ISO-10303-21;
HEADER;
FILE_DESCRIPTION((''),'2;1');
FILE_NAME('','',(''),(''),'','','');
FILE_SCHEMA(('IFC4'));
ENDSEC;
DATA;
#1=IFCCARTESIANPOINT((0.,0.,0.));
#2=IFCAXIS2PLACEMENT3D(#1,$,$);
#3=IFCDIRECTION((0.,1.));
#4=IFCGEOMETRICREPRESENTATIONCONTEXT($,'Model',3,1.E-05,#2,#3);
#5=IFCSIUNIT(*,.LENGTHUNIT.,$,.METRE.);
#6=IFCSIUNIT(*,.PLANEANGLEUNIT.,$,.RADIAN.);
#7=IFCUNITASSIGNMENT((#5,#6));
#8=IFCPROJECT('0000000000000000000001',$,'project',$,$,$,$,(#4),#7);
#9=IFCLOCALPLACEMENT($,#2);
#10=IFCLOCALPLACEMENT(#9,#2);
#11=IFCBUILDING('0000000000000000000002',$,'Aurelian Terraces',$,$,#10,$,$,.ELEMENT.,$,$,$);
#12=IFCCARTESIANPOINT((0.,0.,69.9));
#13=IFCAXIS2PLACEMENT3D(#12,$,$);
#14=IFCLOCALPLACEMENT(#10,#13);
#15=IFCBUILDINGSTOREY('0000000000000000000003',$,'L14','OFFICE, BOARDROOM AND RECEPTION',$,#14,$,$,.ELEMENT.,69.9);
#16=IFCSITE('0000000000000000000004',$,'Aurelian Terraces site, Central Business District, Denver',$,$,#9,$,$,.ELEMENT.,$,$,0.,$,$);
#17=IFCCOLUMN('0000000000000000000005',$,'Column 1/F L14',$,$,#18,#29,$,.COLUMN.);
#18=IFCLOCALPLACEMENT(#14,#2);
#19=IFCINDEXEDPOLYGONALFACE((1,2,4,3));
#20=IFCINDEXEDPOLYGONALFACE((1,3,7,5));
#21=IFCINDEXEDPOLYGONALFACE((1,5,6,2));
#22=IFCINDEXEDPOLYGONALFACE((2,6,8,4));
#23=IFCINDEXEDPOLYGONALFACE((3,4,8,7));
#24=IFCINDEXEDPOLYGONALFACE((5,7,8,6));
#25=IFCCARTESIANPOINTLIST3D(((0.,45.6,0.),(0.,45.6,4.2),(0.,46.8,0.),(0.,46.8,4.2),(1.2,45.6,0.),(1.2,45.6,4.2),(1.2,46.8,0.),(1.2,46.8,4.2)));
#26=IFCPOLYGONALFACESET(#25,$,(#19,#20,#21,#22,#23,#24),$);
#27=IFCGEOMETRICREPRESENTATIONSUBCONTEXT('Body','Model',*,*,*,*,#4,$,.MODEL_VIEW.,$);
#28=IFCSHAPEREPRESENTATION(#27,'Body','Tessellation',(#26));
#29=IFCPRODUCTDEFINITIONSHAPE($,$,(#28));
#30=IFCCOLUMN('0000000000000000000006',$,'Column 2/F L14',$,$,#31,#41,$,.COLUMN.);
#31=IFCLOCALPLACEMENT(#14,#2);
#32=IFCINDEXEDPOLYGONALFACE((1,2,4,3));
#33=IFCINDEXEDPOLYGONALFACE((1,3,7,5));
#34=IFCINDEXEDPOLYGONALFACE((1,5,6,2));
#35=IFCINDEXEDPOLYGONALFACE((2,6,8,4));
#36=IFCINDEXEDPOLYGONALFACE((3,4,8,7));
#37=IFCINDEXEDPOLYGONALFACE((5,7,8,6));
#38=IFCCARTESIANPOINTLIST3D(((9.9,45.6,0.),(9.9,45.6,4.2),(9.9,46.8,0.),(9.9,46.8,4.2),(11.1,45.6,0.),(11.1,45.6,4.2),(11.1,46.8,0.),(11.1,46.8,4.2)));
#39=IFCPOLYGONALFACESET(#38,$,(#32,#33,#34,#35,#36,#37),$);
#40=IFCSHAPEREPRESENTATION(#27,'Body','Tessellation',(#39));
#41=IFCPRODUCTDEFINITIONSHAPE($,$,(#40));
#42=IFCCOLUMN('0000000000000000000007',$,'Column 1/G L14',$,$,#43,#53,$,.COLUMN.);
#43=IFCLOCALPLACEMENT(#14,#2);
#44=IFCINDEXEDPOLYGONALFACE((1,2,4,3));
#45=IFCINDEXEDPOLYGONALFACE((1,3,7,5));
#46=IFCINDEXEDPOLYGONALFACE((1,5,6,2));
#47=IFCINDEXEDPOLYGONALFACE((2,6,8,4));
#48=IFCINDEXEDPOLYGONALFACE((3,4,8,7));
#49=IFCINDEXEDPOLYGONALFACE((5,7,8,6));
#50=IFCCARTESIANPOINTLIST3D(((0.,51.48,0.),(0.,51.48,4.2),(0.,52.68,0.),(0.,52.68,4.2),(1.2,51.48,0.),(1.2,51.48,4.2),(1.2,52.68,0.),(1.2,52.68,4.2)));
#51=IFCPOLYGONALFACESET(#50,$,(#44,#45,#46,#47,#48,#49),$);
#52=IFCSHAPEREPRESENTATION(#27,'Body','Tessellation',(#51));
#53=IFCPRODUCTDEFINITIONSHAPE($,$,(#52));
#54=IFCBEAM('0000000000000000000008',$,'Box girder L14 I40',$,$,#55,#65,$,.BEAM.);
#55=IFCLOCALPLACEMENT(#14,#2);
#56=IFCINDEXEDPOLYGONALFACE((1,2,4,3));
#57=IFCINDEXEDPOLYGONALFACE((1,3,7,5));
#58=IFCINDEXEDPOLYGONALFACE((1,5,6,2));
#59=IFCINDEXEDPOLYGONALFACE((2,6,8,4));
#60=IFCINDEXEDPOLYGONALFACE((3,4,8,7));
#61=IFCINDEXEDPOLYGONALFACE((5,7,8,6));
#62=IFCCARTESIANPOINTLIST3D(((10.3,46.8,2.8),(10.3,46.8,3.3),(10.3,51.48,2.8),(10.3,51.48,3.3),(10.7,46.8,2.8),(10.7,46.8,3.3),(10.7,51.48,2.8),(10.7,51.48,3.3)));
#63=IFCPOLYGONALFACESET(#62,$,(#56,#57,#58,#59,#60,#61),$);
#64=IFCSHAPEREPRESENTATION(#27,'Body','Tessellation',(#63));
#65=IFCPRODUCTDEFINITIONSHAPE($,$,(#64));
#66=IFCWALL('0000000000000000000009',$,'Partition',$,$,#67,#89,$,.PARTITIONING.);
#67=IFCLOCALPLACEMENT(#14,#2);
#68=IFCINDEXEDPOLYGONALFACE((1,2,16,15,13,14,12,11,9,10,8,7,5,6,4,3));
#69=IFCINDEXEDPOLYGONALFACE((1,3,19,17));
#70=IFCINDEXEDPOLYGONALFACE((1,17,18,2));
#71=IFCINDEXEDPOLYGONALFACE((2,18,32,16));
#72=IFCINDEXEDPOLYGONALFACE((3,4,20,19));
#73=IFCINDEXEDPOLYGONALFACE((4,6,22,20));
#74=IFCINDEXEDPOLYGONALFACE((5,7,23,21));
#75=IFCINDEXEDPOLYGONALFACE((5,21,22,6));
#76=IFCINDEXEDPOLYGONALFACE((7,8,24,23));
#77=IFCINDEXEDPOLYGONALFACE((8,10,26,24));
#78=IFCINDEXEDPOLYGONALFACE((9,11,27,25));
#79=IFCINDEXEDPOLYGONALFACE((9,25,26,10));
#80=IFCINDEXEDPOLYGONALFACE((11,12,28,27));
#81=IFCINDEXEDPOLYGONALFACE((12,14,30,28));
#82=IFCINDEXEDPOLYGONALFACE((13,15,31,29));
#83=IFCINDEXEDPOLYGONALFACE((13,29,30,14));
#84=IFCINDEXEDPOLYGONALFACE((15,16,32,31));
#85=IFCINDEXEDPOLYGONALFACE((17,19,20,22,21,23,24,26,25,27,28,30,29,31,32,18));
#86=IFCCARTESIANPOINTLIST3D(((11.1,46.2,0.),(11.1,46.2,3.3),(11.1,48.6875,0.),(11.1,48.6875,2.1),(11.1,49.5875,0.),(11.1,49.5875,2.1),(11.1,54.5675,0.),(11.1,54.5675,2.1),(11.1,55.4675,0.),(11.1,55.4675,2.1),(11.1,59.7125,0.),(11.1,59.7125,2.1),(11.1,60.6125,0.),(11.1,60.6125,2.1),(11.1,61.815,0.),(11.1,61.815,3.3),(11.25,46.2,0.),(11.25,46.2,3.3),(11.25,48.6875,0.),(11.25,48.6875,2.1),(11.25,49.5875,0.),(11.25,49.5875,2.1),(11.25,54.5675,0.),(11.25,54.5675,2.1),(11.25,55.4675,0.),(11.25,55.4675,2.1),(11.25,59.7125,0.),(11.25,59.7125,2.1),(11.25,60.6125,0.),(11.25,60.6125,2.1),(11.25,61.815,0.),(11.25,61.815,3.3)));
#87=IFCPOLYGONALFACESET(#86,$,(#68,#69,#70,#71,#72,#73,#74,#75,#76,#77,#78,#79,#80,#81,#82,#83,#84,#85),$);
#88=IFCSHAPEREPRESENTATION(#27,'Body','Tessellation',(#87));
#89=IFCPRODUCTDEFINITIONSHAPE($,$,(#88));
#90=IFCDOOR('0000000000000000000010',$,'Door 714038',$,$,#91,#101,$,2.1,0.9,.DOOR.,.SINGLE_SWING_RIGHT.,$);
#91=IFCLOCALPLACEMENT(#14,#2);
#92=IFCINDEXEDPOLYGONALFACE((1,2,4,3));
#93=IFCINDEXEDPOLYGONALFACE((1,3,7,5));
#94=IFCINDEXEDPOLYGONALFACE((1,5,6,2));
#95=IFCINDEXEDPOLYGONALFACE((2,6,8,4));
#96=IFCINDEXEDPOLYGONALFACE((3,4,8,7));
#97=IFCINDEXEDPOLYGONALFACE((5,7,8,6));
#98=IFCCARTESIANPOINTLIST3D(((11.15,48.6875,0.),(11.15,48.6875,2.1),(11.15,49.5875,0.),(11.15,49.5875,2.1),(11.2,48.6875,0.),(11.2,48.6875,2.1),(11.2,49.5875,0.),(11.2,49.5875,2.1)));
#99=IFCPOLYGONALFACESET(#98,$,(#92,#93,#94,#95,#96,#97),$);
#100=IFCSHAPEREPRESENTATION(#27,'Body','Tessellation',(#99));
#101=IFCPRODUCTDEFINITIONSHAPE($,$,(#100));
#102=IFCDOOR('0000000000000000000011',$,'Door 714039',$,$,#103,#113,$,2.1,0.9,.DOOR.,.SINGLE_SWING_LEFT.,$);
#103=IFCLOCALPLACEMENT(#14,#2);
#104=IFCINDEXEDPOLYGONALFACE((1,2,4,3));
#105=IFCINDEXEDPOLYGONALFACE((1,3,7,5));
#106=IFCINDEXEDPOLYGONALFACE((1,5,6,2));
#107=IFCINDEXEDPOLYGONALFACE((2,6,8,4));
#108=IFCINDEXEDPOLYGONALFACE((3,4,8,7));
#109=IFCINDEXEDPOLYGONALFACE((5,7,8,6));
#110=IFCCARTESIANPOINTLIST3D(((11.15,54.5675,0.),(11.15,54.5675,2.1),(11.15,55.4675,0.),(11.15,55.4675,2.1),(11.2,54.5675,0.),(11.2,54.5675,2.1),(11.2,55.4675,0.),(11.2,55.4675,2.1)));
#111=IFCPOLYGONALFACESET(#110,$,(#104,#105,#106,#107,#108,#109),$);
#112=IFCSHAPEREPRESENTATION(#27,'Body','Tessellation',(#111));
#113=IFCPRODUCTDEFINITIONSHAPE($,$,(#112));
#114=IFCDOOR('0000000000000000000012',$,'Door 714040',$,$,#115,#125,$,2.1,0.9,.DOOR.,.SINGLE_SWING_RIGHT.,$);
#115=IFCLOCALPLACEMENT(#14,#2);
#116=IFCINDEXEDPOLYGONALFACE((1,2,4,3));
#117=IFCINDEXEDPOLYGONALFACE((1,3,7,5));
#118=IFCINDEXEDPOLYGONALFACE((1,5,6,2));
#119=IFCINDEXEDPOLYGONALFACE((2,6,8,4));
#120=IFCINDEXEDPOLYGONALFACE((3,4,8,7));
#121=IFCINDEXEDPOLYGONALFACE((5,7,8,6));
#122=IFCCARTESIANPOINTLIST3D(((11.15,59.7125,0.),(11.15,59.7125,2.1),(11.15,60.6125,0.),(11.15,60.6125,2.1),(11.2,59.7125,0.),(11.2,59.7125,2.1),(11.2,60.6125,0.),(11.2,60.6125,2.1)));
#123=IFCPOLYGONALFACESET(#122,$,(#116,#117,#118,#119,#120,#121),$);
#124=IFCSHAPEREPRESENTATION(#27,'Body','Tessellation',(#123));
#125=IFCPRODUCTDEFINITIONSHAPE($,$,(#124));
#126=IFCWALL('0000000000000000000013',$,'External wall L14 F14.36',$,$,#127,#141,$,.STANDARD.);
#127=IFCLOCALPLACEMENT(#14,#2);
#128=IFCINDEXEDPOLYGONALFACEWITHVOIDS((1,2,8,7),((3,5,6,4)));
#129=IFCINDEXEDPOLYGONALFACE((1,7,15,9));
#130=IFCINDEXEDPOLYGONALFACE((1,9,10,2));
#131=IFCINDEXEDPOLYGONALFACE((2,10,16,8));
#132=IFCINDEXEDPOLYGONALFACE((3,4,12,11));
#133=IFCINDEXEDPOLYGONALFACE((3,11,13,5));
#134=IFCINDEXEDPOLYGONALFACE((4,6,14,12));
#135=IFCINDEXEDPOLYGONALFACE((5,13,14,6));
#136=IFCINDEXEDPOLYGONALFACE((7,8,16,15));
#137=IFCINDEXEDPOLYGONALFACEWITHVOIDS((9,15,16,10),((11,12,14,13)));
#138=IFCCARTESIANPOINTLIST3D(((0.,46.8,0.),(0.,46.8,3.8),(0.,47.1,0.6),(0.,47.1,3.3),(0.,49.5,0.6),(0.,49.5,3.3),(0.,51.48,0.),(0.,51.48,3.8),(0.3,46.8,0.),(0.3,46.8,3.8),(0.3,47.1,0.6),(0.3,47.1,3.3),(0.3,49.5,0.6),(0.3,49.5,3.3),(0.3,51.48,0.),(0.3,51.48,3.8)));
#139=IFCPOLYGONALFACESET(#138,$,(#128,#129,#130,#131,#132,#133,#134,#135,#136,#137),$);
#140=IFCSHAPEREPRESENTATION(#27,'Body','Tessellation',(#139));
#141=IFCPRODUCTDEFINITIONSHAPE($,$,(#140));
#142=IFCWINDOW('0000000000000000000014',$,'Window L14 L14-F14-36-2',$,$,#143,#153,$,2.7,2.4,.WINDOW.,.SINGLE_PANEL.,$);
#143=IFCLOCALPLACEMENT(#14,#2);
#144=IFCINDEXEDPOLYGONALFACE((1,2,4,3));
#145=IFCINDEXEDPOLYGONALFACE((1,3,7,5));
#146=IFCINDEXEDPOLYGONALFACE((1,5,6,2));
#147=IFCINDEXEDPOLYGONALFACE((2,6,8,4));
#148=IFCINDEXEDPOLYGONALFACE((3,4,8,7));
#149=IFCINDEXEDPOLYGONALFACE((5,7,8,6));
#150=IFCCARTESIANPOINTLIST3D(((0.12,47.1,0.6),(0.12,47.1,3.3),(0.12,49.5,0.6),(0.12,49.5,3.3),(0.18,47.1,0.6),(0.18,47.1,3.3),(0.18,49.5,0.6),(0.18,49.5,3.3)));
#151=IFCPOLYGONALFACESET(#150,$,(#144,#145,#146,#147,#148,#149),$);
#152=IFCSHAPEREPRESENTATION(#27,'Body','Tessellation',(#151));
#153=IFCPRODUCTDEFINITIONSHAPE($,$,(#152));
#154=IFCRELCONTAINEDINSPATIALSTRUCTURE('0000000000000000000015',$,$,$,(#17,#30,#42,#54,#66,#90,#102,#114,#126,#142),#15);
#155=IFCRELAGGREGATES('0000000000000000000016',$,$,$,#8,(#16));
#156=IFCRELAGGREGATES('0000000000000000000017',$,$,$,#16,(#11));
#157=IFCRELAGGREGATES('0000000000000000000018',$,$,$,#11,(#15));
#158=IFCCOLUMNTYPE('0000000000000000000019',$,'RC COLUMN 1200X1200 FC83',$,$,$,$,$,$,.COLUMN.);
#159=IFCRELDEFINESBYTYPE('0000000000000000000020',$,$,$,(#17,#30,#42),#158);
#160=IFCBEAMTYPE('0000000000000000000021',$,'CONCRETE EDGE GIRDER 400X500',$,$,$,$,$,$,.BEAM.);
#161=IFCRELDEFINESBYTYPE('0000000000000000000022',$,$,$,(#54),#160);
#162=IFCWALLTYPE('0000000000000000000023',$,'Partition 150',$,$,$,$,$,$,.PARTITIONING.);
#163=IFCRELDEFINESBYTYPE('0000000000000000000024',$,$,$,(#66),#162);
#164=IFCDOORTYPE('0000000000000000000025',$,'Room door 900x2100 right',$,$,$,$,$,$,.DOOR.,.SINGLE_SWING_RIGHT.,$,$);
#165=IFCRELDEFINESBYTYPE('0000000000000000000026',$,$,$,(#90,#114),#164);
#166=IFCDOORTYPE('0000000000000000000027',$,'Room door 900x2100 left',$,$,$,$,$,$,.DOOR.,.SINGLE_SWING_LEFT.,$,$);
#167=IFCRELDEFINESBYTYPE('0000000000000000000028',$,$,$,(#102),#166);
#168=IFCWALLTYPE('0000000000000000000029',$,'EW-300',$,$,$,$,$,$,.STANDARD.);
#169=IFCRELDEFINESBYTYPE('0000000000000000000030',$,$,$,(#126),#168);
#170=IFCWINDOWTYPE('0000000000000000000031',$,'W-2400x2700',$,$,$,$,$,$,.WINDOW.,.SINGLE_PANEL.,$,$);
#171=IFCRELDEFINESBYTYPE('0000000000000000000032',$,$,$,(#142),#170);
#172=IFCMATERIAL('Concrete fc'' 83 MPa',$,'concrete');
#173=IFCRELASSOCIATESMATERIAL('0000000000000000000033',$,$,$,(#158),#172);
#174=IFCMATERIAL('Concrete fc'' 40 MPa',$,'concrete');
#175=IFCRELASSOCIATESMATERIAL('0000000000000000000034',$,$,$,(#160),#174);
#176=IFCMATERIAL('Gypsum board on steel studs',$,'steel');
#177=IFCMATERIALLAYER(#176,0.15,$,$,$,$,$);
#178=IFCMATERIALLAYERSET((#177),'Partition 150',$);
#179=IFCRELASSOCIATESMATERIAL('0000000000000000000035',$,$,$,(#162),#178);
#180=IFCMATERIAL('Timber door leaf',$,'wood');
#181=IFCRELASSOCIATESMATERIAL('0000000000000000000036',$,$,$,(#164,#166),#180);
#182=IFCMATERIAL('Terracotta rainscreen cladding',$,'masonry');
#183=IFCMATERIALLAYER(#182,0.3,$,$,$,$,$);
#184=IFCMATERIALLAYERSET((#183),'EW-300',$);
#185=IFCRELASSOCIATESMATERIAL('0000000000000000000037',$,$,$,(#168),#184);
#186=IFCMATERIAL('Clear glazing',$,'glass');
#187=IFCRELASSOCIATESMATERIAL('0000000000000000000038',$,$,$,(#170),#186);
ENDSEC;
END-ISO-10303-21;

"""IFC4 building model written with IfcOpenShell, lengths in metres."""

from ifc_helpers import new_model, si_unit, direction, frame, frame_2d, origin, origin_2d, place, context, subcontext, project, spatial, rectangle, extrude, source, transform, mapped, material, layer, layer_set, material_profile, profile_set, type_object, element, fill, save


model = new_model("IFC4")

# Units and contexts
model_context = context("Model", 3, precision=1e-05, world=origin(), true_north=direction((0.0, 1.0)))
body_context = subcontext(model_context, "Body", "Model", "MODEL_VIEW")
ifc_project = project(units=[si_unit("LENGTHUNIT", "METRE"), si_unit("PLANEANGLEUNIT", "RADIAN")], contexts=[model_context])

# Site, building, storey
site_placement = place(None, origin())
site = spatial("IfcSite", under=ifc_project, at=site_placement, Name="Aurelian Terraces site, Central Business District, Denver", CompositionType="ELEMENT", RefElevation=0.0)
building_placement = place(site_placement, origin())
building = spatial("IfcBuilding", under=site, at=building_placement, Name="Aurelian Terraces", CompositionType="ELEMENT")
storey_placement = place(building_placement, frame((0.0, 0.0, 69.9)))
storey = spatial("IfcBuildingStorey", under=building, at=storey_placement, Name="L14", Description="OFFICE, BOARDROOM AND RECEPTION", CompositionType="ELEMENT", Elevation=69.9)

# Columns
ifc_material_1 = material(Name="Concrete fc' 83 MPa", Category="concrete")
ifc_material_profile_1 = material_profile(ifc_material_1, rectangle(XDim=1.2, YDim=1.2, at=origin_2d()))
ifc_profile_set_1 = profile_set([ifc_material_profile_1], Name="Concrete fc' 83 MPa")
column_type = type_object("IfcColumnType", Name="RC COLUMN 1200X1200 FC83", PredefinedType="COLUMN", material=ifc_profile_set_1)
shared_shape_1 = source(origin(), body_context, "Body", "SweptSolid", [
    extrude(rectangle(XDim=1.2, YDim=1.2, at=origin_2d()), origin(), (0.0, 0.0, 1.0), 4.2),
])
for number, where, z_axis, x_axis, name in (
    (1, (0.6, 46.2, 0.0), (0.0, 0.0, 1.0), (1.0, 0.0, 0.0), "Column 1/F L14"),
    (2, (10.5, 46.2, 0.0), (0.0, 0.0, 1.0), (1.0, 0.0, 0.0), "Column 2/F L14"),
    (3, (0.6, 52.08, 0.0), (0.0, 0.0, 1.0), (1.0, 0.0, 0.0), "Column 1/G L14"),
):
    element("IfcColumn", number, at=place(storey_placement, frame(where, z_axis=z_axis, x_axis=x_axis)), inside=storey, type_object=column_type, Name=name, PredefinedType="COLUMN", context=body_context, shape_type="MappedRepresentation", body=[
        mapped(shared_shape_1, transform((0.0, 0.0, 0.0), scale=1.0)),
    ])

# Beam
ifc_material_2 = material(Name="Concrete fc' 40 MPa", Category="concrete")
ifc_material_profile_2 = material_profile(ifc_material_2, rectangle(XDim=0.4, YDim=0.5, at=origin_2d()))
ifc_profile_set_2 = profile_set([ifc_material_profile_2], Name="Concrete fc' 40 MPa")
beam_type = type_object("IfcBeamType", Name="CONCRETE EDGE GIRDER 400X500", PredefinedType="BEAM", material=ifc_profile_set_2)
shared_shape_2 = source(origin(), body_context, "Body", "SweptSolid", [
    extrude(rectangle(XDim=0.4, YDim=0.5, at=origin_2d()), origin(), (0.0, 0.0, 1.0), 4.68),
])
beam_placement = place(storey_placement, frame((10.5, 46.8, 3.05), z_axis=(0.0, 1.0, 0.0), x_axis=(-1.0, 0.0, 0.0)))
element("IfcBeam", 4, at=beam_placement, inside=storey, type_object=beam_type, Name="Box girder L14 I40", PredefinedType="BEAM", context=body_context, shape_type="MappedRepresentation", body=[
    mapped(shared_shape_2, transform((0.0, 0.0, 0.0), scale=1.0)),
])

# Wall, openings, doors
ifc_material_3 = material(Name="Gypsum board on steel studs", Category="steel")
ifc_layer_1 = layer(ifc_material_3, 0.15)
ifc_layer_set_1 = layer_set([ifc_layer_1], Name="Partition 150")
wall_type_1 = type_object("IfcWallType", Name="Partition 150", PredefinedType="PARTITIONING", material=ifc_layer_set_1)
wall_1_placement = place(storey_placement, frame((11.175, 46.2, 0.0), z_axis=(0.0, 0.0, 1.0), x_axis=(0.0, 1.0, 0.0)))
wall_1 = element("IfcWall", 5, at=wall_1_placement, inside=storey, type_object=wall_type_1, Name="Partition", PredefinedType="PARTITIONING", context=body_context, shape_type="SweptSolid", body=[
    extrude(rectangle(XDim=15.615, YDim=0.15, at=frame_2d((7.8075, 0.0))), origin(), (0.0, 0.0, 1.0), 3.3),
])
shared_shape_3 = source(origin(), body_context, "Body", "SweptSolid", [
    extrude(rectangle(XDim=0.9, YDim=2.1, at=frame_2d((0.45, 1.05))), frame((0.0, 0.085, 0.0), z_axis=(0.0, -1.0, 0.0), x_axis=(1.0, 0.0, 0.0)), (0.0, 0.0, 1.0), 0.17),
])
opening_1_placement = place(wall_1_placement, frame((2.4875, 0.0, 0.0)))
opening_1 = element("IfcOpeningElement", 6, at=opening_1_placement, cuts=wall_1, PredefinedType="OPENING", context=body_context, shape_type="MappedRepresentation", body=[
    mapped(shared_shape_3, transform((0.0, 0.0, 0.0), scale=1.0)),
])
opening_2_placement = place(wall_1_placement, frame((8.3675, 0.0, 0.0)))
opening_2 = element("IfcOpeningElement", 7, at=opening_2_placement, cuts=wall_1, PredefinedType="OPENING", context=body_context, shape_type="MappedRepresentation", body=[
    mapped(shared_shape_3, transform((0.0, 0.0, 0.0), scale=1.0)),
])
opening_3_placement = place(wall_1_placement, frame((13.5125, 0.0, 0.0)))
opening_3 = element("IfcOpeningElement", 8, at=opening_3_placement, cuts=wall_1, PredefinedType="OPENING", context=body_context, shape_type="MappedRepresentation", body=[
    mapped(shared_shape_3, transform((0.0, 0.0, 0.0), scale=1.0)),
])
ifc_material_4 = material(Name="Timber door leaf", Category="wood")
door_type_1 = type_object("IfcDoorType", Name="Room door 900x2100 right", OperationType="SINGLE_SWING_RIGHT", PredefinedType="DOOR", material=ifc_material_4)
shared_shape_4 = source(origin(), body_context, "Body", "SweptSolid", [
    extrude(rectangle(XDim=0.9, YDim=2.1, at=frame_2d((0.45, 1.05))), frame((0.0, 0.025, 0.0), z_axis=(0.0, -1.0, 0.0), x_axis=(1.0, 0.0, 0.0)), (0.0, 0.0, 1.0), 0.05),
])
door_1_placement = place(opening_1_placement, origin())
door_1 = element("IfcDoor", 9, at=door_1_placement, inside=storey, type_object=door_type_1, Name="Door 714038", OperationType="SINGLE_SWING_RIGHT", OverallHeight=2.1, OverallWidth=0.9, PredefinedType="DOOR", context=body_context, shape_type="MappedRepresentation", body=[
    mapped(shared_shape_4, transform((0.0, 0.0, 0.0), scale=1.0)),
])
fill(opening_1, door_1)
door_type_2 = type_object("IfcDoorType", Name="Room door 900x2100 left", OperationType="SINGLE_SWING_LEFT", PredefinedType="DOOR", material=ifc_material_4)
door_2_placement = place(opening_2_placement, origin())
door_2 = element("IfcDoor", 10, at=door_2_placement, inside=storey, type_object=door_type_2, Name="Door 714039", OperationType="SINGLE_SWING_LEFT", OverallHeight=2.1, OverallWidth=0.9, PredefinedType="DOOR", context=body_context, shape_type="MappedRepresentation", body=[
    mapped(shared_shape_4, transform((0.0, 0.0, 0.0), scale=1.0)),
])
fill(opening_2, door_2)
door_3_placement = place(opening_3_placement, origin())
door_3 = element("IfcDoor", 11, at=door_3_placement, inside=storey, type_object=door_type_1, Name="Door 714040", OperationType="SINGLE_SWING_RIGHT", OverallHeight=2.1, OverallWidth=0.9, PredefinedType="DOOR", context=body_context, shape_type="MappedRepresentation", body=[
    mapped(shared_shape_4, transform((0.0, 0.0, 0.0), scale=1.0)),
])
fill(opening_3, door_3)

# Wall, opening, window
ifc_material_5 = material(Name="Terracotta rainscreen cladding", Category="masonry")
ifc_layer_2 = layer(ifc_material_5, 0.3)
ifc_layer_set_2 = layer_set([ifc_layer_2], Name="EW-300")
wall_type_2 = type_object("IfcWallType", Name="EW-300", PredefinedType="STANDARD", material=ifc_layer_set_2)
shared_shape_5 = source(origin(), body_context, "Body", "SweptSolid", [
    extrude(rectangle(XDim=4.68, YDim=0.3, at=frame_2d((2.34, 0.0))), origin(), (0.0, 0.0, 1.0), 3.8),
])
wall_2_placement = place(storey_placement, frame((0.15, 51.48, 0.0), z_axis=(0.0, 0.0, 1.0), x_axis=(0.0, -1.0, 0.0)))
wall_2 = element("IfcWall", 12, at=wall_2_placement, inside=storey, type_object=wall_type_2, Name="External wall L14 F14.36", PredefinedType="STANDARD", context=body_context, shape_type="MappedRepresentation", body=[
    mapped(shared_shape_5, transform((0.0, 0.0, 0.0), scale=1.0)),
])
shared_shape_6 = source(origin(), body_context, "Body", "SweptSolid", [
    extrude(rectangle(XDim=2.4, YDim=2.7, at=frame_2d((1.2, 1.35))), frame((0.0, 0.16, 0.0), z_axis=(0.0, -1.0, 0.0), x_axis=(1.0, 0.0, 0.0)), (0.0, 0.0, 1.0), 0.32),
])
opening_4_placement = place(wall_2_placement, frame((1.98, 0.0, 0.6)))
opening_4 = element("IfcOpeningElement", 13, at=opening_4_placement, cuts=wall_2, PredefinedType="OPENING", context=body_context, shape_type="MappedRepresentation", body=[
    mapped(shared_shape_6, transform((0.0, 0.0, 0.0), scale=1.0)),
])
ifc_material_6 = material(Name="Clear glazing", Category="glass")
window_type_1 = type_object("IfcWindowType", Name="W-2400x2700", PartitioningType="SINGLE_PANEL", PredefinedType="WINDOW", material=ifc_material_6)
shared_shape_7 = source(origin(), body_context, "Body", "SweptSolid", [
    extrude(rectangle(XDim=2.4, YDim=2.7, at=frame_2d((1.2, 1.35))), frame((0.0, 0.03, 0.0), z_axis=(0.0, -1.0, 0.0), x_axis=(1.0, 0.0, 0.0)), (0.0, 0.0, 1.0), 0.06),
])
window_1_placement = place(opening_4_placement, origin())
window_1 = element("IfcWindow", 14, at=window_1_placement, inside=storey, type_object=window_type_1, Name="Window L14 L14-F14-36-2", OverallHeight=2.7, OverallWidth=2.4, PartitioningType="SINGLE_PANEL", PredefinedType="WINDOW", context=body_context, shape_type="MappedRepresentation", body=[
    mapped(shared_shape_7, transform((0.0, 0.0, 0.0), scale=1.0)),
])
fill(opening_4, window_1)

save(model, "model.ifc")
